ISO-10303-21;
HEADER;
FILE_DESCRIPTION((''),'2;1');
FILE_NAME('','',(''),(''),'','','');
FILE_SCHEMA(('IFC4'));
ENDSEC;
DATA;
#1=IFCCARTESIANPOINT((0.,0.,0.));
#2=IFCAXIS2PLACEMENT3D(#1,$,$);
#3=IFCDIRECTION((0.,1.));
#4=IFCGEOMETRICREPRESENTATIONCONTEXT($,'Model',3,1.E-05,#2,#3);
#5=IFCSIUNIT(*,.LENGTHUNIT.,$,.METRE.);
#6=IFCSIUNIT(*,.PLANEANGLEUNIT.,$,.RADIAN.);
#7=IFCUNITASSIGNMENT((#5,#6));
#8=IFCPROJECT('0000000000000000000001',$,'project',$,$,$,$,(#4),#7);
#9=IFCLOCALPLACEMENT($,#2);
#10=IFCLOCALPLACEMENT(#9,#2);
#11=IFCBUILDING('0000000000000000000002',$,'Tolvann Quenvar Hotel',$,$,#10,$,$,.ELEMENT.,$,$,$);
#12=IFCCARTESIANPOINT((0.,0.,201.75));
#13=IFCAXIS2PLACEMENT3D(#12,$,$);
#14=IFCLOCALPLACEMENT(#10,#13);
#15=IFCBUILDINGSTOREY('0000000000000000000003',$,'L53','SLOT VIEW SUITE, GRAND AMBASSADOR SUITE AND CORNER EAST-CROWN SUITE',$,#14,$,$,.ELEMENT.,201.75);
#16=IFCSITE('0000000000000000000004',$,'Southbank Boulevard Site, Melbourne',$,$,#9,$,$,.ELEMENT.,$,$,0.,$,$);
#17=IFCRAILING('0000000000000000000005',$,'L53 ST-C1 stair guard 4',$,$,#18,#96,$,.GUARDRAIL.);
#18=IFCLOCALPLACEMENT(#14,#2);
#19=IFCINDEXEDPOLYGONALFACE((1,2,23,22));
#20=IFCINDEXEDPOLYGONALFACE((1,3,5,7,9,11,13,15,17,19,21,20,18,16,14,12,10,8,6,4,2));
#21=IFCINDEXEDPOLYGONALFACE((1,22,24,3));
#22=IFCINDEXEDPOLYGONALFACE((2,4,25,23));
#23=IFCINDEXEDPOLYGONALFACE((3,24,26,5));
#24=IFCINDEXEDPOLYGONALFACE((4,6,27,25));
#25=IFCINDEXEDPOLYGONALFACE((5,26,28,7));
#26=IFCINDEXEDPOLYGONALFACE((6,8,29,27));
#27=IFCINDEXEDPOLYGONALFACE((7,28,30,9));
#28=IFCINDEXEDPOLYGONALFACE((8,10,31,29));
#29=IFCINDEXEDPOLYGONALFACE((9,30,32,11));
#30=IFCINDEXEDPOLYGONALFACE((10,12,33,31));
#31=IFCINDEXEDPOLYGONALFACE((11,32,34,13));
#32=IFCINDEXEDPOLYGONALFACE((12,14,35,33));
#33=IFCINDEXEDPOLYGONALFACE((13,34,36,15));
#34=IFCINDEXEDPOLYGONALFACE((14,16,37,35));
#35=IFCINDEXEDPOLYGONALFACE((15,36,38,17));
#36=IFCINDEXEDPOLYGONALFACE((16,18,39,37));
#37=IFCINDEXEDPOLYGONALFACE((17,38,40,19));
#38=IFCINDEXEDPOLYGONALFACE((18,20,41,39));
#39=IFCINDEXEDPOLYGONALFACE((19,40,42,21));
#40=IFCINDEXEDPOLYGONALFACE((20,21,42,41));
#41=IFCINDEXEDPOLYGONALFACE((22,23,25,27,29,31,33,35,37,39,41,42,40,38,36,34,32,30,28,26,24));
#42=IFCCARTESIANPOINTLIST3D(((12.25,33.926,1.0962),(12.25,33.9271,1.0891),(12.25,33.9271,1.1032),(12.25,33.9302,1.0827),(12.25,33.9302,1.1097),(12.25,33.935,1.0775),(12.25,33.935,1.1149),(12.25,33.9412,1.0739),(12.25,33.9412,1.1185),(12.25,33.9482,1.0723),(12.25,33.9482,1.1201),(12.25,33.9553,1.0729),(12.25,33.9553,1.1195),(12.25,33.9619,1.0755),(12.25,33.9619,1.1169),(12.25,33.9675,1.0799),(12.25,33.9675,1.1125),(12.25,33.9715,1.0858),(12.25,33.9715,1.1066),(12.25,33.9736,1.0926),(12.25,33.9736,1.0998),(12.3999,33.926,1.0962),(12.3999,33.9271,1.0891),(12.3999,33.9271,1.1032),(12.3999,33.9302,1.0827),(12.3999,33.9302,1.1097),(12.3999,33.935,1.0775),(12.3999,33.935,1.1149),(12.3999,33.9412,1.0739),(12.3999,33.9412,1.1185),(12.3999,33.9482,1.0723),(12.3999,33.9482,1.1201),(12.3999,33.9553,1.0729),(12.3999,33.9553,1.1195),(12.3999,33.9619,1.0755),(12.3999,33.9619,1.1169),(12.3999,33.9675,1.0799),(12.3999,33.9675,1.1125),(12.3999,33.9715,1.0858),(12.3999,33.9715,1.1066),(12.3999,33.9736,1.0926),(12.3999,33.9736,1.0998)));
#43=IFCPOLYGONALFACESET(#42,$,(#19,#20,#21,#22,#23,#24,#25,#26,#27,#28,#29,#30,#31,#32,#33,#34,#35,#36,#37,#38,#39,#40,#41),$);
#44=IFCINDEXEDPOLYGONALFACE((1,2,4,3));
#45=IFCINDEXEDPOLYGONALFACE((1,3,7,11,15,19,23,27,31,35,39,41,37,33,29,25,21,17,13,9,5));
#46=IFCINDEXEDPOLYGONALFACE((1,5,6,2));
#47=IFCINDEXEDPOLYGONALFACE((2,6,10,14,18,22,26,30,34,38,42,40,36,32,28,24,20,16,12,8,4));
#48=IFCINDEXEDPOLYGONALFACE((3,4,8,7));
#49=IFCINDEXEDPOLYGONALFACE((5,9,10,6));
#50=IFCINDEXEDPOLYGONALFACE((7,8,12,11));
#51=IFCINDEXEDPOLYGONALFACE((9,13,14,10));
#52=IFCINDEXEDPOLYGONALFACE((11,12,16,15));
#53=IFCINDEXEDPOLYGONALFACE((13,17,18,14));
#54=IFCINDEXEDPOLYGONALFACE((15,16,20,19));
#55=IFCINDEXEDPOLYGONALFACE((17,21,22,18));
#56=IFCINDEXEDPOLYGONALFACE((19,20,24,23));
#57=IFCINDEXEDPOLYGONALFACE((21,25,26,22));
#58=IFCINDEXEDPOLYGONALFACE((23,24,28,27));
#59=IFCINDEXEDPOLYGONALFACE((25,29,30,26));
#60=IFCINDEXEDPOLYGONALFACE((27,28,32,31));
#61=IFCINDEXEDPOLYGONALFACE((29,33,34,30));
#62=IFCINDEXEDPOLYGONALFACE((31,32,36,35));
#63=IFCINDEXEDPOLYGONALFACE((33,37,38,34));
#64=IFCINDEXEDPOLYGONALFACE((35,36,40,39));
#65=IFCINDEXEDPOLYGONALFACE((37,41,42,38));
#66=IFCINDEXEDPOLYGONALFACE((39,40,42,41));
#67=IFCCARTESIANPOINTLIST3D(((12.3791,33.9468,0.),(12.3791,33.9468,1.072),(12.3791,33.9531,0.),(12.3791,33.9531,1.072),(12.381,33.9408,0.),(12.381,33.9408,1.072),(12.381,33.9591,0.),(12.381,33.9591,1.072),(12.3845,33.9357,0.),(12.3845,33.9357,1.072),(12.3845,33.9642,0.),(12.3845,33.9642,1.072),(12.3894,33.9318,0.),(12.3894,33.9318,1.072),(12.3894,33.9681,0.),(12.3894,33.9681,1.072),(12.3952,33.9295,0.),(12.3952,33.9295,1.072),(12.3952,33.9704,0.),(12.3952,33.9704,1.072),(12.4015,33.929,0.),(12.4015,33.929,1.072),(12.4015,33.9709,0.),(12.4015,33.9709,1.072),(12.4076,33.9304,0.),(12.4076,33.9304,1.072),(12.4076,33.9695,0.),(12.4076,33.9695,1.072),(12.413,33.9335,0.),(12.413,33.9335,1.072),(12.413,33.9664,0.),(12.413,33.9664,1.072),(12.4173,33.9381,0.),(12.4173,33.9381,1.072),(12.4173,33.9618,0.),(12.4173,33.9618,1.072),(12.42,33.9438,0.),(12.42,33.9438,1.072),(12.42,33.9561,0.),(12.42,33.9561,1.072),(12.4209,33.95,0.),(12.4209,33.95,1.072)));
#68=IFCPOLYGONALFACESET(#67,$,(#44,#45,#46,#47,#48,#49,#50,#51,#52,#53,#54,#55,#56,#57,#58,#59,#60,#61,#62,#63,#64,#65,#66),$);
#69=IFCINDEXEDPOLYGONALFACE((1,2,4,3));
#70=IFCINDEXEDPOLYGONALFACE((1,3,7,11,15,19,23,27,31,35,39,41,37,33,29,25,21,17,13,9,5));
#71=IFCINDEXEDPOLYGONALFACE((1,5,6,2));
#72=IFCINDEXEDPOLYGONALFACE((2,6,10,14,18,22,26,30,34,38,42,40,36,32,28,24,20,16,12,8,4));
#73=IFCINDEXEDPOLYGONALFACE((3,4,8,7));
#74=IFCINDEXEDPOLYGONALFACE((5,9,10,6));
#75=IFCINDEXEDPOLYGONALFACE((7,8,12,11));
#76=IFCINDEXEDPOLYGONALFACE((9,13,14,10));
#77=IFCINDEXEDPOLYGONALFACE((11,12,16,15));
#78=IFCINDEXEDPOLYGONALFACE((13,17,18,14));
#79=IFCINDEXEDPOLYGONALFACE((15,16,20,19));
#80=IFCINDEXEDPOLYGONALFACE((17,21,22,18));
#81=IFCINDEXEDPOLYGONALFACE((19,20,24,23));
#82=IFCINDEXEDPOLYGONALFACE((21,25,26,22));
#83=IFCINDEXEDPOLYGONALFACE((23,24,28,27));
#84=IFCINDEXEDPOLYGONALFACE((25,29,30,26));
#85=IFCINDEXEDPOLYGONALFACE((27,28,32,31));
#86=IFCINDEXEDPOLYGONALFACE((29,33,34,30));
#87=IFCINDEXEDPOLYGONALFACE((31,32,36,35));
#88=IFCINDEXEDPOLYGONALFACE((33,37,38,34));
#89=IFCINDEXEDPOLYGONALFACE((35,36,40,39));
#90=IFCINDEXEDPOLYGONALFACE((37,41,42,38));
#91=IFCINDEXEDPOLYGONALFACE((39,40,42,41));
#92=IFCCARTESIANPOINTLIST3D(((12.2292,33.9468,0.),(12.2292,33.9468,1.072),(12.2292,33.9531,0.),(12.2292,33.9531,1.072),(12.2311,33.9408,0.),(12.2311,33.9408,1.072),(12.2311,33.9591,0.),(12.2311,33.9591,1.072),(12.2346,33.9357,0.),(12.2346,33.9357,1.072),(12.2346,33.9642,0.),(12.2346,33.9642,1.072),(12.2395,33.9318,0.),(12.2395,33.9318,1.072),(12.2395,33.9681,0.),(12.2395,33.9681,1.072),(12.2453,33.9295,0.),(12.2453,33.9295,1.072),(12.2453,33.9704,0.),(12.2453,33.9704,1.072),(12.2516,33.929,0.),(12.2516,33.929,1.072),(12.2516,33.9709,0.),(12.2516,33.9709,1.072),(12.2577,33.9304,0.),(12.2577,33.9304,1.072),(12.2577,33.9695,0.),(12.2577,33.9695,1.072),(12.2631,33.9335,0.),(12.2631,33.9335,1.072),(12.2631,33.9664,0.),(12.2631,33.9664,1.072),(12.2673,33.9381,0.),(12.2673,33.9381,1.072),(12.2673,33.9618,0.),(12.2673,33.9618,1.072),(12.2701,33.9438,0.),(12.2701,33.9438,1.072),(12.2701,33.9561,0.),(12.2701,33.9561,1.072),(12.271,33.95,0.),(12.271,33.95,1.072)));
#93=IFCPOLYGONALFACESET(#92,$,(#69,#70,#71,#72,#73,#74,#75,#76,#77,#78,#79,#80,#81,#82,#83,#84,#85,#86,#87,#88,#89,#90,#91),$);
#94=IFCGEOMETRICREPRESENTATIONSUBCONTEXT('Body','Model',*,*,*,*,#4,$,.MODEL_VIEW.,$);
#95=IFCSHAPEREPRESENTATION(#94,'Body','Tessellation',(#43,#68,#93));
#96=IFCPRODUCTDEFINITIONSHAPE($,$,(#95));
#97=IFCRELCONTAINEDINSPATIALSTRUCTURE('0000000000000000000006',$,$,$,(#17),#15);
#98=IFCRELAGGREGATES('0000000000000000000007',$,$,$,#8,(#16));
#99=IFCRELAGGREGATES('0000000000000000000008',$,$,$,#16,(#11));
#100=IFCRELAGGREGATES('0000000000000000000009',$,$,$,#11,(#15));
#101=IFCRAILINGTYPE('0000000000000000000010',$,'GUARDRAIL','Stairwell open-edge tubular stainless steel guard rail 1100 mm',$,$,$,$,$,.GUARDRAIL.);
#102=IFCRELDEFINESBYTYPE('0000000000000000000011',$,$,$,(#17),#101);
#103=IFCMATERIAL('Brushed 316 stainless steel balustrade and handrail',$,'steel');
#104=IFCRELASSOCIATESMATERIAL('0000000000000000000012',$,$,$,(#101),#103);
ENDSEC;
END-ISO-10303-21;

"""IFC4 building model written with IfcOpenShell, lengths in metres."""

from ifc_helpers import new_model, si_unit, direction, frame, origin, origin_2d, place, context, subcontext, project, spatial, circle, extrude, material, type_object, element, save


model = new_model("IFC4")

# Units and contexts
model_context = context("Model", 3, precision=1e-05, world=origin(), true_north=direction((0.0, 1.0)))
body_context = subcontext(model_context, "Body", "Model", "MODEL_VIEW")
ifc_project = project(units=[si_unit("LENGTHUNIT", "METRE"), si_unit("PLANEANGLEUNIT", "RADIAN")], contexts=[model_context])

# Site, building, storey
site_placement = place(None, origin())
site = spatial("IfcSite", under=ifc_project, at=site_placement, Name="Southbank Boulevard Site, Melbourne", CompositionType="ELEMENT", RefElevation=0.0)
building_placement = place(site_placement, origin())
building = spatial("IfcBuilding", under=site, at=building_placement, Name="Tolvann Quenvar Hotel", CompositionType="ELEMENT")
storey_placement = place(building_placement, frame((0.0, 0.0, 201.75)))
storey = spatial("IfcBuildingStorey", under=building, at=storey_placement, Name="L53", Description="SLOT VIEW SUITE, GRAND AMBASSADOR SUITE AND CORNER EAST-CROWN SUITE", CompositionType="ELEMENT", Elevation=201.75)

# Railing
ifc_material_1 = material(Name="Brushed 316 stainless steel balustrade and handrail", Category="steel")
railing_type_1 = type_object("IfcRailingType", Name="GUARDRAIL", Description="Stairwell open-edge tubular stainless steel guard rail 1100 mm", PredefinedType="GUARDRAIL", material=ifc_material_1)
railing_1_placement = place(storey_placement, frame((12.3999, 33.95, 0.0)))
element("IfcRailing", 1, at=railing_1_placement, inside=storey, type_object=railing_type_1, Name="L53 ST-C1 stair guard 4", PredefinedType="GUARDRAIL", context=body_context, shape_type="SweptSolid", body=[
    extrude(circle(Radius=0.0239, at=origin_2d()), frame((0.0, 0.0, 1.0962), z_axis=(-1.0, 0.0, 0.0), x_axis=(0.0, -1.0, 0.0)), (0.0, 0.0, 1.0), 0.1499),
    extrude(circle(Radius=0.021, at=origin_2d()), origin(), (0.0, 0.0, 1.0), 1.072),
    extrude(circle(Radius=0.021, at=origin_2d()), frame((-0.1499, 0.0, 0.0)), (0.0, 0.0, 1.0), 1.072),
])

save(model, "model.ifc")
